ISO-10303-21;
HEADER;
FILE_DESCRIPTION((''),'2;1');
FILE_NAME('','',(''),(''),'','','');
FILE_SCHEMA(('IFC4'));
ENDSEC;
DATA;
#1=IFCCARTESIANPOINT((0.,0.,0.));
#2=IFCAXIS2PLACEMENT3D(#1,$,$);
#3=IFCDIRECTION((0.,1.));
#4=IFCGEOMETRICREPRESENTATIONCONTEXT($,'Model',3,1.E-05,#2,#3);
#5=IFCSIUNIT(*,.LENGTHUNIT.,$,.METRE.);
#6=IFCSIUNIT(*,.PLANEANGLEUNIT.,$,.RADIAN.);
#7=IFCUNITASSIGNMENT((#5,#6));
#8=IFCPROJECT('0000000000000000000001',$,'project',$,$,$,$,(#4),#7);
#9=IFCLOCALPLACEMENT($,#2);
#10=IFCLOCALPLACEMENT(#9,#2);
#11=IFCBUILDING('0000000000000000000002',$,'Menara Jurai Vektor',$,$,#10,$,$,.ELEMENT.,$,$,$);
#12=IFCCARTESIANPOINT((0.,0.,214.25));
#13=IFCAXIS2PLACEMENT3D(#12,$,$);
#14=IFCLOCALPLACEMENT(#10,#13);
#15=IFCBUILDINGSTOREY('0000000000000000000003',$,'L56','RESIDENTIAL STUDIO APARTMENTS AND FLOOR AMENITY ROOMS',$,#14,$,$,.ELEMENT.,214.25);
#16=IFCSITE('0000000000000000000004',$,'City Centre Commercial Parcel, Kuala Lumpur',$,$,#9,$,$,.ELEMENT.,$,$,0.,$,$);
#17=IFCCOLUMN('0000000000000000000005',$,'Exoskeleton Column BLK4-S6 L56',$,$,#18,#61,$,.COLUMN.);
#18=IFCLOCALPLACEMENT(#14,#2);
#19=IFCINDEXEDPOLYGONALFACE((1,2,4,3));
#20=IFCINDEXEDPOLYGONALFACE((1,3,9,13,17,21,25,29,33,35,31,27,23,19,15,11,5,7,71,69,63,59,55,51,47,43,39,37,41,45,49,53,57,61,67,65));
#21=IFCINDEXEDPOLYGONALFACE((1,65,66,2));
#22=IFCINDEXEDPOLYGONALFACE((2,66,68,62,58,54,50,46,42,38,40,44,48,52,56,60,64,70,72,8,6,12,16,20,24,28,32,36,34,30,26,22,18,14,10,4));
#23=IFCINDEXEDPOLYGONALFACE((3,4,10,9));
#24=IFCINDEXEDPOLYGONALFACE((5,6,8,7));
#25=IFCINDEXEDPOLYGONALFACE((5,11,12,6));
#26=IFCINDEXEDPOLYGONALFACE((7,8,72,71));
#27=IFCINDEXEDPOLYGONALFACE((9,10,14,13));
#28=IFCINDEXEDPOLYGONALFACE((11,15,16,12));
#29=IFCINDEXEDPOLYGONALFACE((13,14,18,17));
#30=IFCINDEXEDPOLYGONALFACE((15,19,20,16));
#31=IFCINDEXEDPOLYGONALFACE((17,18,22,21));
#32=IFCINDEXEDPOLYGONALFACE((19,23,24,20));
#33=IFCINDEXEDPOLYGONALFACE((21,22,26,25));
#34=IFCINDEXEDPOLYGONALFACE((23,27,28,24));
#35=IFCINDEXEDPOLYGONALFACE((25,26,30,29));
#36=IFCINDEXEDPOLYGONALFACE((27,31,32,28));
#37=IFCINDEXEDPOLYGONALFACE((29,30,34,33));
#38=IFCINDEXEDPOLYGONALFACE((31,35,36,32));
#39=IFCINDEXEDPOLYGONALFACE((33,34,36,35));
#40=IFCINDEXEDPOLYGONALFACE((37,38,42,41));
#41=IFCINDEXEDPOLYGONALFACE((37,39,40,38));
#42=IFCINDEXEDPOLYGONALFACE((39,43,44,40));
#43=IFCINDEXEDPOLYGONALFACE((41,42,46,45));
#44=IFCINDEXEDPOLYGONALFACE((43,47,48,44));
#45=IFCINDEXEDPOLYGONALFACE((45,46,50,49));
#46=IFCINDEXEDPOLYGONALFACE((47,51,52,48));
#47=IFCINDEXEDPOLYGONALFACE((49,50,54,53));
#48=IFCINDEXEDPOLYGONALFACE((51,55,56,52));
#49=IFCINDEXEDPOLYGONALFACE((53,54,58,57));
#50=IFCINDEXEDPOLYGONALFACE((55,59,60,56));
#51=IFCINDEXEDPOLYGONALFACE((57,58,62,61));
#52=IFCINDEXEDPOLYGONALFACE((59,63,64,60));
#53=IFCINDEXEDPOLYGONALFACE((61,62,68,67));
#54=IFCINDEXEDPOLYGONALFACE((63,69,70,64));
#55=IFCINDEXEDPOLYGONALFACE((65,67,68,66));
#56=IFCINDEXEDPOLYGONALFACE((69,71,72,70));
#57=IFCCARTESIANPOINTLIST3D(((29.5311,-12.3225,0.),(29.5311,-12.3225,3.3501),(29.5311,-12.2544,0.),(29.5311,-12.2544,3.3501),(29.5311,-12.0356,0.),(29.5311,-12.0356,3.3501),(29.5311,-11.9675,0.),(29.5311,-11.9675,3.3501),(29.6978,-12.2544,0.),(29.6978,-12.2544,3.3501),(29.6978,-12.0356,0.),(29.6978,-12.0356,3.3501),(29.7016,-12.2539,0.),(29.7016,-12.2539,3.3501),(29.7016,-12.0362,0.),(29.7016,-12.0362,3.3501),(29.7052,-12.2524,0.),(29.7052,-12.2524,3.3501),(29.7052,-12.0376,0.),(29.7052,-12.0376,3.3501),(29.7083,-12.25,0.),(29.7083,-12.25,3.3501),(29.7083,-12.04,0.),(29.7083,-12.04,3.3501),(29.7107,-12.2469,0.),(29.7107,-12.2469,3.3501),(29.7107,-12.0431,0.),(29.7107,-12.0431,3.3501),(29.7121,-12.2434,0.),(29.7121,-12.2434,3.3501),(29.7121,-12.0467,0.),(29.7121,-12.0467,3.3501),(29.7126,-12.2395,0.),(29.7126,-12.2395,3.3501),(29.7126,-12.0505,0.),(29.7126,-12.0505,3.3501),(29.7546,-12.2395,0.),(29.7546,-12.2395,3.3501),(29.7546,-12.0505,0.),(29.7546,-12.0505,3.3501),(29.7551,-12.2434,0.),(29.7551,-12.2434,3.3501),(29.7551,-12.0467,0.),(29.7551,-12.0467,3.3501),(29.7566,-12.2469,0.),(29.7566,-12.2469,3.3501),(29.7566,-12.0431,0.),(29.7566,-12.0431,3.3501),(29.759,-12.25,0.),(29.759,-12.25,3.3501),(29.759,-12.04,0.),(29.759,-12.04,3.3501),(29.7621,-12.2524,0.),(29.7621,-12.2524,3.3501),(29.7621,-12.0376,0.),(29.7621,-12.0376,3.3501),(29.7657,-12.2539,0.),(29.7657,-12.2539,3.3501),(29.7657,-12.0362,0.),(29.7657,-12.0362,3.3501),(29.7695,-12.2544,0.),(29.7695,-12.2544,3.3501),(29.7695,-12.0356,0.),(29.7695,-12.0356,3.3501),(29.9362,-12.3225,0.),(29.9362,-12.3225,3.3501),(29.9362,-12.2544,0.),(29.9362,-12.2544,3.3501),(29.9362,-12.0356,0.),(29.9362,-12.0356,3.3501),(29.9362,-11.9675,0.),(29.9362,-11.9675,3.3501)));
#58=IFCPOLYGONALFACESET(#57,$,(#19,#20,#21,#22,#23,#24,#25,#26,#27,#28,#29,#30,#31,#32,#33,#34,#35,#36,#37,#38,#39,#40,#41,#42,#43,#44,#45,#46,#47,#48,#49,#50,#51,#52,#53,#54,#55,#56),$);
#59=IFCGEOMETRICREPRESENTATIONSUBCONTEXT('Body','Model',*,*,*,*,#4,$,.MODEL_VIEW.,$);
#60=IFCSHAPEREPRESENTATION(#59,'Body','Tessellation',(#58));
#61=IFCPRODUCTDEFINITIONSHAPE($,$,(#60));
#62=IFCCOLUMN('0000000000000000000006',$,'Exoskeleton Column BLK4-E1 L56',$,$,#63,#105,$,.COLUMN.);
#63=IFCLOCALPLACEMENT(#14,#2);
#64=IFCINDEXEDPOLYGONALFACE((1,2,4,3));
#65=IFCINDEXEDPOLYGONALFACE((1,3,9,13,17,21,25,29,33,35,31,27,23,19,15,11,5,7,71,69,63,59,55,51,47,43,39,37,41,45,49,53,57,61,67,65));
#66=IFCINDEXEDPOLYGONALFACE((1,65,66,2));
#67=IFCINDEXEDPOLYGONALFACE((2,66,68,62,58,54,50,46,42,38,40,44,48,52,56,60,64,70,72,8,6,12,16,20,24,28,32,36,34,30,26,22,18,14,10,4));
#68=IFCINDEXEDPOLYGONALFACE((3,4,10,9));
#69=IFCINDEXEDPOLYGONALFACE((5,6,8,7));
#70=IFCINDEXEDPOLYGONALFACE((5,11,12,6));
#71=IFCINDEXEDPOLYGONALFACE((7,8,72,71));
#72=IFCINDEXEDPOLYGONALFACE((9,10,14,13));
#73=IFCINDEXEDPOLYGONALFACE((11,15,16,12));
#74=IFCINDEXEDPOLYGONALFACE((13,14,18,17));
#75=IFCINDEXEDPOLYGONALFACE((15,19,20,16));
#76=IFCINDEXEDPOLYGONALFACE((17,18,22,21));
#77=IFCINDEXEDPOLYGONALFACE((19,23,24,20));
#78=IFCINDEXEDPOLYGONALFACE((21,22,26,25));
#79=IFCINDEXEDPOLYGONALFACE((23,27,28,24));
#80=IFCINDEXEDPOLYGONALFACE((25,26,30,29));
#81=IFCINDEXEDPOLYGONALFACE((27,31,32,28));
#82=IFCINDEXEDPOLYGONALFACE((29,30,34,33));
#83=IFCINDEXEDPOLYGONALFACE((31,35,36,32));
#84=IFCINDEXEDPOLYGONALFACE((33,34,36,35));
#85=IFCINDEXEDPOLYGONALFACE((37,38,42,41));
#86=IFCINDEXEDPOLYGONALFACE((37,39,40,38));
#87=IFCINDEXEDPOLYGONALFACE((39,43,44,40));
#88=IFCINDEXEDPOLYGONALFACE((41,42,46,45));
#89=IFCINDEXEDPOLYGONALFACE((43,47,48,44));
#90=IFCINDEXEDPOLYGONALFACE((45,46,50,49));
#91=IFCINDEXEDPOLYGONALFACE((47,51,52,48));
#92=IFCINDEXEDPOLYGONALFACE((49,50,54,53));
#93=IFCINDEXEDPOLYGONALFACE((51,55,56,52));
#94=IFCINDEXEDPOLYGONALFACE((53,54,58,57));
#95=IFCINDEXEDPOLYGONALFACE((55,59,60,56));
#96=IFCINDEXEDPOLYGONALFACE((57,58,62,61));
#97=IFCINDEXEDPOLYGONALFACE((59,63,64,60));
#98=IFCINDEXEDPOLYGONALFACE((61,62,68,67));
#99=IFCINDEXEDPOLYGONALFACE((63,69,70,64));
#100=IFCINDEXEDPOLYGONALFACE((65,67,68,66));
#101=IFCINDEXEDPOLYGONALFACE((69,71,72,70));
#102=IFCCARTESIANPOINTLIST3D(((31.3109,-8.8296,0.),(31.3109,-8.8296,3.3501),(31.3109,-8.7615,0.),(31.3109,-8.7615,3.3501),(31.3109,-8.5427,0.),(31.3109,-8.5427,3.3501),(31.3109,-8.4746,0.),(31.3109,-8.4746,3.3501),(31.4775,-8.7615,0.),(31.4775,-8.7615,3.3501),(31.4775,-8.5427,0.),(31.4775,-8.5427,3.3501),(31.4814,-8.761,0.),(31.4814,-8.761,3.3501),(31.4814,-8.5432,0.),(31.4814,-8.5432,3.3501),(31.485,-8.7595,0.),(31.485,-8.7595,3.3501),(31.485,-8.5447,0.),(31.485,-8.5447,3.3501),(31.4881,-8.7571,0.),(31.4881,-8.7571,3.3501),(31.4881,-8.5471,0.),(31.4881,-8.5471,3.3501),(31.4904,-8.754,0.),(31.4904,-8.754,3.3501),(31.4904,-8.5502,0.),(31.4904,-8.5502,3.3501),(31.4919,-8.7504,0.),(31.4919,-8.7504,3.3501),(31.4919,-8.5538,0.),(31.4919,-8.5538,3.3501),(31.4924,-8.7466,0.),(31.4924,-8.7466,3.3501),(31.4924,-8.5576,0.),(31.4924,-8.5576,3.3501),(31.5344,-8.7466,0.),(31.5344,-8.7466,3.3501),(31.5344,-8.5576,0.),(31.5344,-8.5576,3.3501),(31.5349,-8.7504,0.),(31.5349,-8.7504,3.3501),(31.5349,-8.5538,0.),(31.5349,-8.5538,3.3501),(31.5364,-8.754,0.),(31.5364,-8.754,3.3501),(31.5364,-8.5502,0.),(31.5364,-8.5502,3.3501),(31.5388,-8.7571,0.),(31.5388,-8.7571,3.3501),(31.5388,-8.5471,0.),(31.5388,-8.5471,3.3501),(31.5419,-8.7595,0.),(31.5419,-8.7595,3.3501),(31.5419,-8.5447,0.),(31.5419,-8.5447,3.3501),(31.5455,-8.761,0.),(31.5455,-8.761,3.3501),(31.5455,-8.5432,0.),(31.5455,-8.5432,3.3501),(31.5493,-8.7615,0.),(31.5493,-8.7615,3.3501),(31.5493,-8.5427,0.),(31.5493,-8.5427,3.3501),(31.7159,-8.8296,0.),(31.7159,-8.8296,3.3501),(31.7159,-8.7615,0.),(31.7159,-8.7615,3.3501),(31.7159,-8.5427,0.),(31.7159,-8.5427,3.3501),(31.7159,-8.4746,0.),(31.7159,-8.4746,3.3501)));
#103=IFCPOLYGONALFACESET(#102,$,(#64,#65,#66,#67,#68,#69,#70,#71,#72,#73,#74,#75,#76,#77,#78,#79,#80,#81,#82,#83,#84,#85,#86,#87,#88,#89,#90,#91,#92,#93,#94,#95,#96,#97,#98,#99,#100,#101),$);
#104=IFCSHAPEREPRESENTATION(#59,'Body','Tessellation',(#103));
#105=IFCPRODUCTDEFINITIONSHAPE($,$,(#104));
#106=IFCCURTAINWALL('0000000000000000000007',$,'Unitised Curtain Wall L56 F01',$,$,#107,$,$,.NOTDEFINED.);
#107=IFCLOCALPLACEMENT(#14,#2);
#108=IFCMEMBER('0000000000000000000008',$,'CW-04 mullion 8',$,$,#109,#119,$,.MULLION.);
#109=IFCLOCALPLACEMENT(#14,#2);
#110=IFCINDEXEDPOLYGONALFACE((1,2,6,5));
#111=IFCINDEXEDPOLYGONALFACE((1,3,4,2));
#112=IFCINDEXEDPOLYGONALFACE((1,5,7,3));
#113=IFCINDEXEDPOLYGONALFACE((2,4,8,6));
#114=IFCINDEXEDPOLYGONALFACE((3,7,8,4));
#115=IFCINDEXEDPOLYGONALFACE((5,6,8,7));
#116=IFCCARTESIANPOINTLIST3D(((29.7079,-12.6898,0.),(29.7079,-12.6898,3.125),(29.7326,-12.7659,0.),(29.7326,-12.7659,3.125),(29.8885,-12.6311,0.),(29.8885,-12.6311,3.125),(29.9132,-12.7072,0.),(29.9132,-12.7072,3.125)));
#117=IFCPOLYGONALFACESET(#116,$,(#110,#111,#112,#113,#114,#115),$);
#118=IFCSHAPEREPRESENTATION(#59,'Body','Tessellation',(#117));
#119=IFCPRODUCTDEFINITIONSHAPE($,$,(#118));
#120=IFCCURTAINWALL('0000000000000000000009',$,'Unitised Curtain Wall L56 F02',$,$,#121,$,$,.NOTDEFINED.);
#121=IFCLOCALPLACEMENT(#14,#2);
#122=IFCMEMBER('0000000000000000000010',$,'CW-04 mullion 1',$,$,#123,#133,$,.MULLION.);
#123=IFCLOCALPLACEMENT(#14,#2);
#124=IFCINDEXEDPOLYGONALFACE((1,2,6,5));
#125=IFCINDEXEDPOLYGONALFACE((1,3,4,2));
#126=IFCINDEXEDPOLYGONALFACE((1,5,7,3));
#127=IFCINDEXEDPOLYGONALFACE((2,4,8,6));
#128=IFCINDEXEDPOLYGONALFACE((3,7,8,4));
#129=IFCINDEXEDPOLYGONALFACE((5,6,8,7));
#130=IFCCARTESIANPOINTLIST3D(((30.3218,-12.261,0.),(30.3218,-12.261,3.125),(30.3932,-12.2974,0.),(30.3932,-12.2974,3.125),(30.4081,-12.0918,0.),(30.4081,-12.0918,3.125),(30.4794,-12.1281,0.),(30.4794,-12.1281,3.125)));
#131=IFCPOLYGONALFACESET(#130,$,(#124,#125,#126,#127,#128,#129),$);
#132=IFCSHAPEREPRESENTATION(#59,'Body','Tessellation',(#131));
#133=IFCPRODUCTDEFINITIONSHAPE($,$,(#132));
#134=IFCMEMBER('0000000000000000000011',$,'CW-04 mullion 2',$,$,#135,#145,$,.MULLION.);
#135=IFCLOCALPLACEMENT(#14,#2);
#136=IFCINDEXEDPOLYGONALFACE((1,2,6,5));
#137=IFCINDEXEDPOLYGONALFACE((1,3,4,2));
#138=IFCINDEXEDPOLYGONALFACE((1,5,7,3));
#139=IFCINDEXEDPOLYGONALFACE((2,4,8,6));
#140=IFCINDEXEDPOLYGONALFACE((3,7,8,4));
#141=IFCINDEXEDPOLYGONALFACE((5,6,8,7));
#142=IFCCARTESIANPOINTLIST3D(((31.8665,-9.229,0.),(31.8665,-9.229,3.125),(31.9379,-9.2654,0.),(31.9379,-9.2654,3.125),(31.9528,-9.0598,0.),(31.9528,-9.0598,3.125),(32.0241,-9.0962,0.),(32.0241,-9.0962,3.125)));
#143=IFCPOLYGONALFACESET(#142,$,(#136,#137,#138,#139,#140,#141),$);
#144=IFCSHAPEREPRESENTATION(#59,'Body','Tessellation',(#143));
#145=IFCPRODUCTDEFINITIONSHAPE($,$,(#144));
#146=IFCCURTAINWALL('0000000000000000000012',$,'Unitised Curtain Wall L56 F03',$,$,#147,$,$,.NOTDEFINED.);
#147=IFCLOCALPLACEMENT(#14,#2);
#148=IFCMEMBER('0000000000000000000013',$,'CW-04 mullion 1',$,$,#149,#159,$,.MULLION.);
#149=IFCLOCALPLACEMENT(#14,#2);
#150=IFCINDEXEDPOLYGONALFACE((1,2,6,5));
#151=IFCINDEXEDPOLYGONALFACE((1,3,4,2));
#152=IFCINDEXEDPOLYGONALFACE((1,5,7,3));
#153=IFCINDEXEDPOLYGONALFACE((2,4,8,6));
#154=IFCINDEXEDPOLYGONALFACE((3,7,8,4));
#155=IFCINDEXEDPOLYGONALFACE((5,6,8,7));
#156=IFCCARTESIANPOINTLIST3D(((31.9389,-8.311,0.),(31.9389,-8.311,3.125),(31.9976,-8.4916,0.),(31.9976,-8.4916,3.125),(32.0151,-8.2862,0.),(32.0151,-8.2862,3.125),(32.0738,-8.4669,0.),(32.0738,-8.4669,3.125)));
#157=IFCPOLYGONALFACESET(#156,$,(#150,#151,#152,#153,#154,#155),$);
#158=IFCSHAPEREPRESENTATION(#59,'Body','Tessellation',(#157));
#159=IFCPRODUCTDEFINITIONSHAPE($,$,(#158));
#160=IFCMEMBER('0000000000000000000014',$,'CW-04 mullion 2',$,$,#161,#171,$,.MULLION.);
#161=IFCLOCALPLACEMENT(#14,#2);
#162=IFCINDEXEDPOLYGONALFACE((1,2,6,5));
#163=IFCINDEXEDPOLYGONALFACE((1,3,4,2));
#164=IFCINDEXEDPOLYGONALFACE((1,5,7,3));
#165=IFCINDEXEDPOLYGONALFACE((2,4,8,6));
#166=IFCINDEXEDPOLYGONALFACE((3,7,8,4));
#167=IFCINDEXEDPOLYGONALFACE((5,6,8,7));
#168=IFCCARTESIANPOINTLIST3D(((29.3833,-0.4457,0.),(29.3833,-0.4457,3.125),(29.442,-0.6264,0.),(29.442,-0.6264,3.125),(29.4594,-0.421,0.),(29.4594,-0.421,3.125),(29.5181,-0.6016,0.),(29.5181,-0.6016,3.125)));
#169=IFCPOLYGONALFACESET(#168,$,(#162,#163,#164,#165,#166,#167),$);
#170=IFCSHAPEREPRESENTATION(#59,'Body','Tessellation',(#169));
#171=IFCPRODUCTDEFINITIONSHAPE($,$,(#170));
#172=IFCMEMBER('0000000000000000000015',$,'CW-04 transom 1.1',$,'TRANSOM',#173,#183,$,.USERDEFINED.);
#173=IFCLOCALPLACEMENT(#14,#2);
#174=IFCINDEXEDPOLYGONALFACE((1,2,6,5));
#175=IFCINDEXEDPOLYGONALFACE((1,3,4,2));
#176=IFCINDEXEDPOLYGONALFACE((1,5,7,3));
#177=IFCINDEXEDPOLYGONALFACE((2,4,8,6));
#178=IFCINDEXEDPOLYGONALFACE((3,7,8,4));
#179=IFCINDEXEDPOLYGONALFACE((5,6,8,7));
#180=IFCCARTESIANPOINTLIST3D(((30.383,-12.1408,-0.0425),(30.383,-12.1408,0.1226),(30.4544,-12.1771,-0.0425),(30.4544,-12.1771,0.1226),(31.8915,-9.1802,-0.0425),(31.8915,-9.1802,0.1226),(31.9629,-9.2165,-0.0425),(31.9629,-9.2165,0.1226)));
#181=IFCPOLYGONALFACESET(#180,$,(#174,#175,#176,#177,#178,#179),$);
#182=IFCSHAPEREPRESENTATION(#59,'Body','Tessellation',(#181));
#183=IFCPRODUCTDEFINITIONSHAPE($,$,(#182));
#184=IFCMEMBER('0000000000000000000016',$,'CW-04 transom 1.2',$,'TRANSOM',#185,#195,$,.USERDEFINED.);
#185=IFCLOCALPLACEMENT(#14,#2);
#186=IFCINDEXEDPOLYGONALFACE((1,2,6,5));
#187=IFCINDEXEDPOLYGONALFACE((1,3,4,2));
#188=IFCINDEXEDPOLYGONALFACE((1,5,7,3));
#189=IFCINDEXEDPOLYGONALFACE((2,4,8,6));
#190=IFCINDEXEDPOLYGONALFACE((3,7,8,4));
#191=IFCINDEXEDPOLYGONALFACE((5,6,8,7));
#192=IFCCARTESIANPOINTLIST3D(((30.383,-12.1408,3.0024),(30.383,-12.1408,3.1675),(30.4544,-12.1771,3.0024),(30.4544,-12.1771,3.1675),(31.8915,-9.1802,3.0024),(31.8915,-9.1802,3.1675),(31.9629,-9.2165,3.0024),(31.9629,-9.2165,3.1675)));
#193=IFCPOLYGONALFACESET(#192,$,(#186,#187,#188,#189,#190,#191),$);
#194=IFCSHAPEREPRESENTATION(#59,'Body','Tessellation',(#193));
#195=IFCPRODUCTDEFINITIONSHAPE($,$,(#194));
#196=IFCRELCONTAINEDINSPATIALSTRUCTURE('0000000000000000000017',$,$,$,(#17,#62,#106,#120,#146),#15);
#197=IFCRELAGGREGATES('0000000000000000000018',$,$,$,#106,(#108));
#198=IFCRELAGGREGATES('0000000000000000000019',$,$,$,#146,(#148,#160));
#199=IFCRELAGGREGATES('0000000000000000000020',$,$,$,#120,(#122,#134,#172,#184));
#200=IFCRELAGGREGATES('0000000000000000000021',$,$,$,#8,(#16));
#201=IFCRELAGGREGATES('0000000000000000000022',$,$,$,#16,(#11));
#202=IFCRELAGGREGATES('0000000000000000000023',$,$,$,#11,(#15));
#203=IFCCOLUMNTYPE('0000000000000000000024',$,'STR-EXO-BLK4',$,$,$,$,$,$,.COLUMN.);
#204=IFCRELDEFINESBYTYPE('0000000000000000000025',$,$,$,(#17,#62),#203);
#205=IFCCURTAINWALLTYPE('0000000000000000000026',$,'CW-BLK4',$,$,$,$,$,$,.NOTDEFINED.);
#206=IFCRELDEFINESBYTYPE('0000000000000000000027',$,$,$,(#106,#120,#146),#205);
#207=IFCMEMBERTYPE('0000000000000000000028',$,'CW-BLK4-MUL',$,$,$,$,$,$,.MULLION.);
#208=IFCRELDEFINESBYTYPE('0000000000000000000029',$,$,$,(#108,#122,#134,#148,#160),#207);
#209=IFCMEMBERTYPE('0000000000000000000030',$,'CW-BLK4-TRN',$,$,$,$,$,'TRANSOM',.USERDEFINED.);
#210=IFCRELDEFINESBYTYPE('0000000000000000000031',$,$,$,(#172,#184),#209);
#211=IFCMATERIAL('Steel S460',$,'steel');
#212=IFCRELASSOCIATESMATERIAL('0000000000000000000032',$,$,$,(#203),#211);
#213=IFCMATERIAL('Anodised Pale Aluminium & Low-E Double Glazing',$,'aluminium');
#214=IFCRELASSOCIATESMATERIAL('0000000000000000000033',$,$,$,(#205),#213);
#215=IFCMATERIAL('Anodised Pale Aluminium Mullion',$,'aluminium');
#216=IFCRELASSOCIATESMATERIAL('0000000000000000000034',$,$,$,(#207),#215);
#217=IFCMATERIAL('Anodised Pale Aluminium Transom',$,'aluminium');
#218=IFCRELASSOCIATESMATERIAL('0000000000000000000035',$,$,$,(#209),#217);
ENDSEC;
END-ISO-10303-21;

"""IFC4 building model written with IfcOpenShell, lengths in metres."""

from ifc_helpers import new_model, si_unit, direction, frame, origin, origin_2d, place, context, subcontext, project, spatial, rectangle, i_section, extrude, material, material_profile, profile_set, type_object, element, aggregate, save


model = new_model("IFC4")

# Units and contexts
model_context = context("Model", 3, precision=1e-05, world=origin(), true_north=direction((0.0, 1.0)))
body_context = subcontext(model_context, "Body", "Model", "MODEL_VIEW")
ifc_project = project(units=[si_unit("LENGTHUNIT", "METRE"), si_unit("PLANEANGLEUNIT", "RADIAN")], contexts=[model_context])

# Site, building, storey
site_placement = place(None, origin())
site = spatial("IfcSite", under=ifc_project, at=site_placement, Name="City Centre Commercial Parcel, Kuala Lumpur", CompositionType="ELEMENT", RefElevation=0.0)
building_placement = place(site_placement, origin())
building = spatial("IfcBuilding", under=site, at=building_placement, Name="Menara Jurai Vektor", CompositionType="ELEMENT")
storey_placement = place(building_placement, frame((0.0, 0.0, 214.25)))
storey = spatial("IfcBuildingStorey", under=building, at=storey_placement, Name="L56", Description="RESIDENTIAL STUDIO APARTMENTS AND FLOOR AMENITY ROOMS", CompositionType="ELEMENT", Elevation=214.25)

# Columns
ifc_material_1 = material(Name="Steel S460", Category="steel")
ifc_material_profile_1 = material_profile(ifc_material_1, i_section(OverallWidth=0.405, OverallDepth=0.355, WebThickness=0.042, FlangeThickness=0.0681, FilletRadius=0.0149, at=origin_2d()), Name="HD 400x551")
ifc_profile_set_1 = profile_set([ifc_material_profile_1], Name="Steel S460")
column_type = type_object("IfcColumnType", Name="STR-EXO-BLK4", PredefinedType="COLUMN", material=ifc_profile_set_1)
for number, where, z_axis, x_axis, name in (
    (1, (29.7336, -12.145, 0.0), (0.0, 0.0, 1.0), (1.0, 0.0, 0.0), "Exoskeleton Column BLK4-S6 L56"),
    (2, (31.5134, -8.6521, 0.0), (0.0, 0.0, 1.0), (1.0, 0.0, 0.0), "Exoskeleton Column BLK4-E1 L56"),
):
    element("IfcColumn", number, at=place(storey_placement, frame(where, z_axis=z_axis, x_axis=x_axis)), inside=storey, type_object=column_type, Name=name, PredefinedType="COLUMN", context=body_context, shape_type="SweptSolid", body=[
        extrude(i_section(OverallWidth=0.405, OverallDepth=0.355, WebThickness=0.042, FlangeThickness=0.0681, FilletRadius=0.0149, at=origin_2d()), origin(), (0.0, 0.0, 1.0), 3.3501),
    ])

# Curtain wall, member
ifc_material_2 = material(Name="Anodised Pale Aluminium & Low-E Double Glazing", Category="aluminium")
curtain_wall_type = type_object("IfcCurtainWallType", Name="CW-BLK4", PredefinedType="NOTDEFINED", material=ifc_material_2)
curtain_wall_1_placement = place(storey_placement, origin())
curtain_wall_1 = element("IfcCurtainWall", 3, at=curtain_wall_1_placement, inside=storey, type_object=curtain_wall_type, Name="Unitised Curtain Wall L56 F01", PredefinedType="NOTDEFINED")
ifc_material_3 = material(Name="Anodised Pale Aluminium Mullion", Category="aluminium")
ifc_material_profile_2 = material_profile(ifc_material_3, rectangle(XDim=0.0801, YDim=0.1899, at=origin_2d()), Name="ALU MUL 80x190")
ifc_profile_set_2 = profile_set([ifc_material_profile_2], Name="Anodised Pale Aluminium Mullion")
member_type_1 = type_object("IfcMemberType", Name="CW-BLK4-MUL", PredefinedType="MULLION", material=ifc_profile_set_2)
member_1_placement = place(storey_placement, frame((29.8105, -12.6985, 0.0), z_axis=(0.0, 0.0, 1.0), x_axis=(-0.309017, 0.951056, 0.0)))
member_1 = element("IfcMember", 4, at=member_1_placement, type_object=member_type_1, Name="CW-04 mullion 8", PredefinedType="MULLION", context=body_context, shape_type="SweptSolid", body=[
    extrude(rectangle(XDim=0.0801, YDim=0.1899, at=origin_2d()), origin(), (0.0, 0.0, 1.0), 3.125),
])
aggregate(curtain_wall_1, [member_1])

# Curtain walls, members
curtain_wall_2_placement = place(storey_placement, origin())
curtain_wall_2 = element("IfcCurtainWall", 5, at=curtain_wall_2_placement, inside=storey, type_object=curtain_wall_type, Name="Unitised Curtain Wall L56 F02", PredefinedType="NOTDEFINED")
member_2_placement = place(storey_placement, frame((30.4006, -12.1946, 0.0), z_axis=(0.0, 0.0, 1.0), x_axis=(-0.891008, 0.453989, 0.0)))
member_2 = element("IfcMember", 6, at=member_2_placement, type_object=member_type_1, Name="CW-04 mullion 1", PredefinedType="MULLION", context=body_context, shape_type="SweptSolid", body=[
    extrude(rectangle(XDim=0.0801, YDim=0.1899, at=origin_2d()), origin(), (0.0, 0.0, 1.0), 3.125),
])
member_3_placement = place(storey_placement, frame((31.9453, -9.1626, 0.0), z_axis=(0.0, 0.0, 1.0), x_axis=(-0.891008, 0.453989, 0.0)))
member_3 = element("IfcMember", 7, at=member_3_placement, type_object=member_type_1, Name="CW-04 mullion 2", PredefinedType="MULLION", context=body_context, shape_type="SweptSolid", body=[
    extrude(rectangle(XDim=0.0801, YDim=0.1899, at=origin_2d()), origin(), (0.0, 0.0, 1.0), 3.125),
])
curtain_wall_3_placement = place(storey_placement, origin())
curtain_wall_3 = element("IfcCurtainWall", 8, at=curtain_wall_3_placement, inside=storey, type_object=curtain_wall_type, Name="Unitised Curtain Wall L56 F03", PredefinedType="NOTDEFINED")
member_4_placement = place(storey_placement, frame((32.0063, -8.3889, 0.0), z_axis=(0.0, 0.0, 1.0), x_axis=(-0.951057, -0.309016, 0.0)))
member_4 = element("IfcMember", 9, at=member_4_placement, type_object=member_type_1, Name="CW-04 mullion 1", PredefinedType="MULLION", context=body_context, shape_type="SweptSolid", body=[
    extrude(rectangle(XDim=0.0801, YDim=0.1899, at=origin_2d()), origin(), (0.0, 0.0, 1.0), 3.125),
])
member_5_placement = place(storey_placement, frame((29.4507, -0.5237, 0.0), z_axis=(0.0, 0.0, 1.0), x_axis=(-0.951057, -0.309016, 0.0)))
member_5 = element("IfcMember", 10, at=member_5_placement, type_object=member_type_1, Name="CW-04 mullion 2", PredefinedType="MULLION", context=body_context, shape_type="SweptSolid", body=[
    extrude(rectangle(XDim=0.0801, YDim=0.1899, at=origin_2d()), origin(), (0.0, 0.0, 1.0), 3.125),
])

# Members
ifc_material_4 = material(Name="Anodised Pale Aluminium Transom", Category="aluminium")
ifc_material_profile_3 = material_profile(ifc_material_4, rectangle(XDim=0.0801, YDim=0.165, at=origin_2d()), Name="ALU TRN 80x165")
ifc_profile_set_3 = profile_set([ifc_material_profile_3], Name="Anodised Pale Aluminium Transom")
member_type_2 = type_object("IfcMemberType", Name="CW-BLK4-TRN", ElementType="TRANSOM", PredefinedType="USERDEFINED", material=ifc_profile_set_3)
member_6_placement = place(storey_placement, frame((30.4187, -12.1589, 0.04), z_axis=(0.45399, 0.891007, 0.0), x_axis=(-0.891007, 0.45399, 0.0)))
member_6 = element("IfcMember", 11, at=member_6_placement, type_object=member_type_2, Name="CW-04 transom 1.1", ObjectType="TRANSOM", PredefinedType="USERDEFINED", context=body_context, shape_type="SweptSolid", body=[
    extrude(rectangle(XDim=0.0801, YDim=0.165, at=origin_2d()), origin(), (0.0, 0.0, 1.0), 3.3228),
])
member_7_placement = place(storey_placement, frame((30.4187, -12.1589, 3.085), z_axis=(0.45399, 0.891007, 0.0), x_axis=(-0.891007, 0.45399, 0.0)))
member_7 = element("IfcMember", 12, at=member_7_placement, type_object=member_type_2, Name="CW-04 transom 1.2", ObjectType="TRANSOM", PredefinedType="USERDEFINED", context=body_context, shape_type="SweptSolid", body=[
    extrude(rectangle(XDim=0.0801, YDim=0.165, at=origin_2d()), origin(), (0.0, 0.0, 1.0), 3.3228),
])

aggregate(curtain_wall_3, [member_4, member_5])
aggregate(curtain_wall_2, [member_2, member_3, member_6, member_7])

save(model, "model.ifc")
